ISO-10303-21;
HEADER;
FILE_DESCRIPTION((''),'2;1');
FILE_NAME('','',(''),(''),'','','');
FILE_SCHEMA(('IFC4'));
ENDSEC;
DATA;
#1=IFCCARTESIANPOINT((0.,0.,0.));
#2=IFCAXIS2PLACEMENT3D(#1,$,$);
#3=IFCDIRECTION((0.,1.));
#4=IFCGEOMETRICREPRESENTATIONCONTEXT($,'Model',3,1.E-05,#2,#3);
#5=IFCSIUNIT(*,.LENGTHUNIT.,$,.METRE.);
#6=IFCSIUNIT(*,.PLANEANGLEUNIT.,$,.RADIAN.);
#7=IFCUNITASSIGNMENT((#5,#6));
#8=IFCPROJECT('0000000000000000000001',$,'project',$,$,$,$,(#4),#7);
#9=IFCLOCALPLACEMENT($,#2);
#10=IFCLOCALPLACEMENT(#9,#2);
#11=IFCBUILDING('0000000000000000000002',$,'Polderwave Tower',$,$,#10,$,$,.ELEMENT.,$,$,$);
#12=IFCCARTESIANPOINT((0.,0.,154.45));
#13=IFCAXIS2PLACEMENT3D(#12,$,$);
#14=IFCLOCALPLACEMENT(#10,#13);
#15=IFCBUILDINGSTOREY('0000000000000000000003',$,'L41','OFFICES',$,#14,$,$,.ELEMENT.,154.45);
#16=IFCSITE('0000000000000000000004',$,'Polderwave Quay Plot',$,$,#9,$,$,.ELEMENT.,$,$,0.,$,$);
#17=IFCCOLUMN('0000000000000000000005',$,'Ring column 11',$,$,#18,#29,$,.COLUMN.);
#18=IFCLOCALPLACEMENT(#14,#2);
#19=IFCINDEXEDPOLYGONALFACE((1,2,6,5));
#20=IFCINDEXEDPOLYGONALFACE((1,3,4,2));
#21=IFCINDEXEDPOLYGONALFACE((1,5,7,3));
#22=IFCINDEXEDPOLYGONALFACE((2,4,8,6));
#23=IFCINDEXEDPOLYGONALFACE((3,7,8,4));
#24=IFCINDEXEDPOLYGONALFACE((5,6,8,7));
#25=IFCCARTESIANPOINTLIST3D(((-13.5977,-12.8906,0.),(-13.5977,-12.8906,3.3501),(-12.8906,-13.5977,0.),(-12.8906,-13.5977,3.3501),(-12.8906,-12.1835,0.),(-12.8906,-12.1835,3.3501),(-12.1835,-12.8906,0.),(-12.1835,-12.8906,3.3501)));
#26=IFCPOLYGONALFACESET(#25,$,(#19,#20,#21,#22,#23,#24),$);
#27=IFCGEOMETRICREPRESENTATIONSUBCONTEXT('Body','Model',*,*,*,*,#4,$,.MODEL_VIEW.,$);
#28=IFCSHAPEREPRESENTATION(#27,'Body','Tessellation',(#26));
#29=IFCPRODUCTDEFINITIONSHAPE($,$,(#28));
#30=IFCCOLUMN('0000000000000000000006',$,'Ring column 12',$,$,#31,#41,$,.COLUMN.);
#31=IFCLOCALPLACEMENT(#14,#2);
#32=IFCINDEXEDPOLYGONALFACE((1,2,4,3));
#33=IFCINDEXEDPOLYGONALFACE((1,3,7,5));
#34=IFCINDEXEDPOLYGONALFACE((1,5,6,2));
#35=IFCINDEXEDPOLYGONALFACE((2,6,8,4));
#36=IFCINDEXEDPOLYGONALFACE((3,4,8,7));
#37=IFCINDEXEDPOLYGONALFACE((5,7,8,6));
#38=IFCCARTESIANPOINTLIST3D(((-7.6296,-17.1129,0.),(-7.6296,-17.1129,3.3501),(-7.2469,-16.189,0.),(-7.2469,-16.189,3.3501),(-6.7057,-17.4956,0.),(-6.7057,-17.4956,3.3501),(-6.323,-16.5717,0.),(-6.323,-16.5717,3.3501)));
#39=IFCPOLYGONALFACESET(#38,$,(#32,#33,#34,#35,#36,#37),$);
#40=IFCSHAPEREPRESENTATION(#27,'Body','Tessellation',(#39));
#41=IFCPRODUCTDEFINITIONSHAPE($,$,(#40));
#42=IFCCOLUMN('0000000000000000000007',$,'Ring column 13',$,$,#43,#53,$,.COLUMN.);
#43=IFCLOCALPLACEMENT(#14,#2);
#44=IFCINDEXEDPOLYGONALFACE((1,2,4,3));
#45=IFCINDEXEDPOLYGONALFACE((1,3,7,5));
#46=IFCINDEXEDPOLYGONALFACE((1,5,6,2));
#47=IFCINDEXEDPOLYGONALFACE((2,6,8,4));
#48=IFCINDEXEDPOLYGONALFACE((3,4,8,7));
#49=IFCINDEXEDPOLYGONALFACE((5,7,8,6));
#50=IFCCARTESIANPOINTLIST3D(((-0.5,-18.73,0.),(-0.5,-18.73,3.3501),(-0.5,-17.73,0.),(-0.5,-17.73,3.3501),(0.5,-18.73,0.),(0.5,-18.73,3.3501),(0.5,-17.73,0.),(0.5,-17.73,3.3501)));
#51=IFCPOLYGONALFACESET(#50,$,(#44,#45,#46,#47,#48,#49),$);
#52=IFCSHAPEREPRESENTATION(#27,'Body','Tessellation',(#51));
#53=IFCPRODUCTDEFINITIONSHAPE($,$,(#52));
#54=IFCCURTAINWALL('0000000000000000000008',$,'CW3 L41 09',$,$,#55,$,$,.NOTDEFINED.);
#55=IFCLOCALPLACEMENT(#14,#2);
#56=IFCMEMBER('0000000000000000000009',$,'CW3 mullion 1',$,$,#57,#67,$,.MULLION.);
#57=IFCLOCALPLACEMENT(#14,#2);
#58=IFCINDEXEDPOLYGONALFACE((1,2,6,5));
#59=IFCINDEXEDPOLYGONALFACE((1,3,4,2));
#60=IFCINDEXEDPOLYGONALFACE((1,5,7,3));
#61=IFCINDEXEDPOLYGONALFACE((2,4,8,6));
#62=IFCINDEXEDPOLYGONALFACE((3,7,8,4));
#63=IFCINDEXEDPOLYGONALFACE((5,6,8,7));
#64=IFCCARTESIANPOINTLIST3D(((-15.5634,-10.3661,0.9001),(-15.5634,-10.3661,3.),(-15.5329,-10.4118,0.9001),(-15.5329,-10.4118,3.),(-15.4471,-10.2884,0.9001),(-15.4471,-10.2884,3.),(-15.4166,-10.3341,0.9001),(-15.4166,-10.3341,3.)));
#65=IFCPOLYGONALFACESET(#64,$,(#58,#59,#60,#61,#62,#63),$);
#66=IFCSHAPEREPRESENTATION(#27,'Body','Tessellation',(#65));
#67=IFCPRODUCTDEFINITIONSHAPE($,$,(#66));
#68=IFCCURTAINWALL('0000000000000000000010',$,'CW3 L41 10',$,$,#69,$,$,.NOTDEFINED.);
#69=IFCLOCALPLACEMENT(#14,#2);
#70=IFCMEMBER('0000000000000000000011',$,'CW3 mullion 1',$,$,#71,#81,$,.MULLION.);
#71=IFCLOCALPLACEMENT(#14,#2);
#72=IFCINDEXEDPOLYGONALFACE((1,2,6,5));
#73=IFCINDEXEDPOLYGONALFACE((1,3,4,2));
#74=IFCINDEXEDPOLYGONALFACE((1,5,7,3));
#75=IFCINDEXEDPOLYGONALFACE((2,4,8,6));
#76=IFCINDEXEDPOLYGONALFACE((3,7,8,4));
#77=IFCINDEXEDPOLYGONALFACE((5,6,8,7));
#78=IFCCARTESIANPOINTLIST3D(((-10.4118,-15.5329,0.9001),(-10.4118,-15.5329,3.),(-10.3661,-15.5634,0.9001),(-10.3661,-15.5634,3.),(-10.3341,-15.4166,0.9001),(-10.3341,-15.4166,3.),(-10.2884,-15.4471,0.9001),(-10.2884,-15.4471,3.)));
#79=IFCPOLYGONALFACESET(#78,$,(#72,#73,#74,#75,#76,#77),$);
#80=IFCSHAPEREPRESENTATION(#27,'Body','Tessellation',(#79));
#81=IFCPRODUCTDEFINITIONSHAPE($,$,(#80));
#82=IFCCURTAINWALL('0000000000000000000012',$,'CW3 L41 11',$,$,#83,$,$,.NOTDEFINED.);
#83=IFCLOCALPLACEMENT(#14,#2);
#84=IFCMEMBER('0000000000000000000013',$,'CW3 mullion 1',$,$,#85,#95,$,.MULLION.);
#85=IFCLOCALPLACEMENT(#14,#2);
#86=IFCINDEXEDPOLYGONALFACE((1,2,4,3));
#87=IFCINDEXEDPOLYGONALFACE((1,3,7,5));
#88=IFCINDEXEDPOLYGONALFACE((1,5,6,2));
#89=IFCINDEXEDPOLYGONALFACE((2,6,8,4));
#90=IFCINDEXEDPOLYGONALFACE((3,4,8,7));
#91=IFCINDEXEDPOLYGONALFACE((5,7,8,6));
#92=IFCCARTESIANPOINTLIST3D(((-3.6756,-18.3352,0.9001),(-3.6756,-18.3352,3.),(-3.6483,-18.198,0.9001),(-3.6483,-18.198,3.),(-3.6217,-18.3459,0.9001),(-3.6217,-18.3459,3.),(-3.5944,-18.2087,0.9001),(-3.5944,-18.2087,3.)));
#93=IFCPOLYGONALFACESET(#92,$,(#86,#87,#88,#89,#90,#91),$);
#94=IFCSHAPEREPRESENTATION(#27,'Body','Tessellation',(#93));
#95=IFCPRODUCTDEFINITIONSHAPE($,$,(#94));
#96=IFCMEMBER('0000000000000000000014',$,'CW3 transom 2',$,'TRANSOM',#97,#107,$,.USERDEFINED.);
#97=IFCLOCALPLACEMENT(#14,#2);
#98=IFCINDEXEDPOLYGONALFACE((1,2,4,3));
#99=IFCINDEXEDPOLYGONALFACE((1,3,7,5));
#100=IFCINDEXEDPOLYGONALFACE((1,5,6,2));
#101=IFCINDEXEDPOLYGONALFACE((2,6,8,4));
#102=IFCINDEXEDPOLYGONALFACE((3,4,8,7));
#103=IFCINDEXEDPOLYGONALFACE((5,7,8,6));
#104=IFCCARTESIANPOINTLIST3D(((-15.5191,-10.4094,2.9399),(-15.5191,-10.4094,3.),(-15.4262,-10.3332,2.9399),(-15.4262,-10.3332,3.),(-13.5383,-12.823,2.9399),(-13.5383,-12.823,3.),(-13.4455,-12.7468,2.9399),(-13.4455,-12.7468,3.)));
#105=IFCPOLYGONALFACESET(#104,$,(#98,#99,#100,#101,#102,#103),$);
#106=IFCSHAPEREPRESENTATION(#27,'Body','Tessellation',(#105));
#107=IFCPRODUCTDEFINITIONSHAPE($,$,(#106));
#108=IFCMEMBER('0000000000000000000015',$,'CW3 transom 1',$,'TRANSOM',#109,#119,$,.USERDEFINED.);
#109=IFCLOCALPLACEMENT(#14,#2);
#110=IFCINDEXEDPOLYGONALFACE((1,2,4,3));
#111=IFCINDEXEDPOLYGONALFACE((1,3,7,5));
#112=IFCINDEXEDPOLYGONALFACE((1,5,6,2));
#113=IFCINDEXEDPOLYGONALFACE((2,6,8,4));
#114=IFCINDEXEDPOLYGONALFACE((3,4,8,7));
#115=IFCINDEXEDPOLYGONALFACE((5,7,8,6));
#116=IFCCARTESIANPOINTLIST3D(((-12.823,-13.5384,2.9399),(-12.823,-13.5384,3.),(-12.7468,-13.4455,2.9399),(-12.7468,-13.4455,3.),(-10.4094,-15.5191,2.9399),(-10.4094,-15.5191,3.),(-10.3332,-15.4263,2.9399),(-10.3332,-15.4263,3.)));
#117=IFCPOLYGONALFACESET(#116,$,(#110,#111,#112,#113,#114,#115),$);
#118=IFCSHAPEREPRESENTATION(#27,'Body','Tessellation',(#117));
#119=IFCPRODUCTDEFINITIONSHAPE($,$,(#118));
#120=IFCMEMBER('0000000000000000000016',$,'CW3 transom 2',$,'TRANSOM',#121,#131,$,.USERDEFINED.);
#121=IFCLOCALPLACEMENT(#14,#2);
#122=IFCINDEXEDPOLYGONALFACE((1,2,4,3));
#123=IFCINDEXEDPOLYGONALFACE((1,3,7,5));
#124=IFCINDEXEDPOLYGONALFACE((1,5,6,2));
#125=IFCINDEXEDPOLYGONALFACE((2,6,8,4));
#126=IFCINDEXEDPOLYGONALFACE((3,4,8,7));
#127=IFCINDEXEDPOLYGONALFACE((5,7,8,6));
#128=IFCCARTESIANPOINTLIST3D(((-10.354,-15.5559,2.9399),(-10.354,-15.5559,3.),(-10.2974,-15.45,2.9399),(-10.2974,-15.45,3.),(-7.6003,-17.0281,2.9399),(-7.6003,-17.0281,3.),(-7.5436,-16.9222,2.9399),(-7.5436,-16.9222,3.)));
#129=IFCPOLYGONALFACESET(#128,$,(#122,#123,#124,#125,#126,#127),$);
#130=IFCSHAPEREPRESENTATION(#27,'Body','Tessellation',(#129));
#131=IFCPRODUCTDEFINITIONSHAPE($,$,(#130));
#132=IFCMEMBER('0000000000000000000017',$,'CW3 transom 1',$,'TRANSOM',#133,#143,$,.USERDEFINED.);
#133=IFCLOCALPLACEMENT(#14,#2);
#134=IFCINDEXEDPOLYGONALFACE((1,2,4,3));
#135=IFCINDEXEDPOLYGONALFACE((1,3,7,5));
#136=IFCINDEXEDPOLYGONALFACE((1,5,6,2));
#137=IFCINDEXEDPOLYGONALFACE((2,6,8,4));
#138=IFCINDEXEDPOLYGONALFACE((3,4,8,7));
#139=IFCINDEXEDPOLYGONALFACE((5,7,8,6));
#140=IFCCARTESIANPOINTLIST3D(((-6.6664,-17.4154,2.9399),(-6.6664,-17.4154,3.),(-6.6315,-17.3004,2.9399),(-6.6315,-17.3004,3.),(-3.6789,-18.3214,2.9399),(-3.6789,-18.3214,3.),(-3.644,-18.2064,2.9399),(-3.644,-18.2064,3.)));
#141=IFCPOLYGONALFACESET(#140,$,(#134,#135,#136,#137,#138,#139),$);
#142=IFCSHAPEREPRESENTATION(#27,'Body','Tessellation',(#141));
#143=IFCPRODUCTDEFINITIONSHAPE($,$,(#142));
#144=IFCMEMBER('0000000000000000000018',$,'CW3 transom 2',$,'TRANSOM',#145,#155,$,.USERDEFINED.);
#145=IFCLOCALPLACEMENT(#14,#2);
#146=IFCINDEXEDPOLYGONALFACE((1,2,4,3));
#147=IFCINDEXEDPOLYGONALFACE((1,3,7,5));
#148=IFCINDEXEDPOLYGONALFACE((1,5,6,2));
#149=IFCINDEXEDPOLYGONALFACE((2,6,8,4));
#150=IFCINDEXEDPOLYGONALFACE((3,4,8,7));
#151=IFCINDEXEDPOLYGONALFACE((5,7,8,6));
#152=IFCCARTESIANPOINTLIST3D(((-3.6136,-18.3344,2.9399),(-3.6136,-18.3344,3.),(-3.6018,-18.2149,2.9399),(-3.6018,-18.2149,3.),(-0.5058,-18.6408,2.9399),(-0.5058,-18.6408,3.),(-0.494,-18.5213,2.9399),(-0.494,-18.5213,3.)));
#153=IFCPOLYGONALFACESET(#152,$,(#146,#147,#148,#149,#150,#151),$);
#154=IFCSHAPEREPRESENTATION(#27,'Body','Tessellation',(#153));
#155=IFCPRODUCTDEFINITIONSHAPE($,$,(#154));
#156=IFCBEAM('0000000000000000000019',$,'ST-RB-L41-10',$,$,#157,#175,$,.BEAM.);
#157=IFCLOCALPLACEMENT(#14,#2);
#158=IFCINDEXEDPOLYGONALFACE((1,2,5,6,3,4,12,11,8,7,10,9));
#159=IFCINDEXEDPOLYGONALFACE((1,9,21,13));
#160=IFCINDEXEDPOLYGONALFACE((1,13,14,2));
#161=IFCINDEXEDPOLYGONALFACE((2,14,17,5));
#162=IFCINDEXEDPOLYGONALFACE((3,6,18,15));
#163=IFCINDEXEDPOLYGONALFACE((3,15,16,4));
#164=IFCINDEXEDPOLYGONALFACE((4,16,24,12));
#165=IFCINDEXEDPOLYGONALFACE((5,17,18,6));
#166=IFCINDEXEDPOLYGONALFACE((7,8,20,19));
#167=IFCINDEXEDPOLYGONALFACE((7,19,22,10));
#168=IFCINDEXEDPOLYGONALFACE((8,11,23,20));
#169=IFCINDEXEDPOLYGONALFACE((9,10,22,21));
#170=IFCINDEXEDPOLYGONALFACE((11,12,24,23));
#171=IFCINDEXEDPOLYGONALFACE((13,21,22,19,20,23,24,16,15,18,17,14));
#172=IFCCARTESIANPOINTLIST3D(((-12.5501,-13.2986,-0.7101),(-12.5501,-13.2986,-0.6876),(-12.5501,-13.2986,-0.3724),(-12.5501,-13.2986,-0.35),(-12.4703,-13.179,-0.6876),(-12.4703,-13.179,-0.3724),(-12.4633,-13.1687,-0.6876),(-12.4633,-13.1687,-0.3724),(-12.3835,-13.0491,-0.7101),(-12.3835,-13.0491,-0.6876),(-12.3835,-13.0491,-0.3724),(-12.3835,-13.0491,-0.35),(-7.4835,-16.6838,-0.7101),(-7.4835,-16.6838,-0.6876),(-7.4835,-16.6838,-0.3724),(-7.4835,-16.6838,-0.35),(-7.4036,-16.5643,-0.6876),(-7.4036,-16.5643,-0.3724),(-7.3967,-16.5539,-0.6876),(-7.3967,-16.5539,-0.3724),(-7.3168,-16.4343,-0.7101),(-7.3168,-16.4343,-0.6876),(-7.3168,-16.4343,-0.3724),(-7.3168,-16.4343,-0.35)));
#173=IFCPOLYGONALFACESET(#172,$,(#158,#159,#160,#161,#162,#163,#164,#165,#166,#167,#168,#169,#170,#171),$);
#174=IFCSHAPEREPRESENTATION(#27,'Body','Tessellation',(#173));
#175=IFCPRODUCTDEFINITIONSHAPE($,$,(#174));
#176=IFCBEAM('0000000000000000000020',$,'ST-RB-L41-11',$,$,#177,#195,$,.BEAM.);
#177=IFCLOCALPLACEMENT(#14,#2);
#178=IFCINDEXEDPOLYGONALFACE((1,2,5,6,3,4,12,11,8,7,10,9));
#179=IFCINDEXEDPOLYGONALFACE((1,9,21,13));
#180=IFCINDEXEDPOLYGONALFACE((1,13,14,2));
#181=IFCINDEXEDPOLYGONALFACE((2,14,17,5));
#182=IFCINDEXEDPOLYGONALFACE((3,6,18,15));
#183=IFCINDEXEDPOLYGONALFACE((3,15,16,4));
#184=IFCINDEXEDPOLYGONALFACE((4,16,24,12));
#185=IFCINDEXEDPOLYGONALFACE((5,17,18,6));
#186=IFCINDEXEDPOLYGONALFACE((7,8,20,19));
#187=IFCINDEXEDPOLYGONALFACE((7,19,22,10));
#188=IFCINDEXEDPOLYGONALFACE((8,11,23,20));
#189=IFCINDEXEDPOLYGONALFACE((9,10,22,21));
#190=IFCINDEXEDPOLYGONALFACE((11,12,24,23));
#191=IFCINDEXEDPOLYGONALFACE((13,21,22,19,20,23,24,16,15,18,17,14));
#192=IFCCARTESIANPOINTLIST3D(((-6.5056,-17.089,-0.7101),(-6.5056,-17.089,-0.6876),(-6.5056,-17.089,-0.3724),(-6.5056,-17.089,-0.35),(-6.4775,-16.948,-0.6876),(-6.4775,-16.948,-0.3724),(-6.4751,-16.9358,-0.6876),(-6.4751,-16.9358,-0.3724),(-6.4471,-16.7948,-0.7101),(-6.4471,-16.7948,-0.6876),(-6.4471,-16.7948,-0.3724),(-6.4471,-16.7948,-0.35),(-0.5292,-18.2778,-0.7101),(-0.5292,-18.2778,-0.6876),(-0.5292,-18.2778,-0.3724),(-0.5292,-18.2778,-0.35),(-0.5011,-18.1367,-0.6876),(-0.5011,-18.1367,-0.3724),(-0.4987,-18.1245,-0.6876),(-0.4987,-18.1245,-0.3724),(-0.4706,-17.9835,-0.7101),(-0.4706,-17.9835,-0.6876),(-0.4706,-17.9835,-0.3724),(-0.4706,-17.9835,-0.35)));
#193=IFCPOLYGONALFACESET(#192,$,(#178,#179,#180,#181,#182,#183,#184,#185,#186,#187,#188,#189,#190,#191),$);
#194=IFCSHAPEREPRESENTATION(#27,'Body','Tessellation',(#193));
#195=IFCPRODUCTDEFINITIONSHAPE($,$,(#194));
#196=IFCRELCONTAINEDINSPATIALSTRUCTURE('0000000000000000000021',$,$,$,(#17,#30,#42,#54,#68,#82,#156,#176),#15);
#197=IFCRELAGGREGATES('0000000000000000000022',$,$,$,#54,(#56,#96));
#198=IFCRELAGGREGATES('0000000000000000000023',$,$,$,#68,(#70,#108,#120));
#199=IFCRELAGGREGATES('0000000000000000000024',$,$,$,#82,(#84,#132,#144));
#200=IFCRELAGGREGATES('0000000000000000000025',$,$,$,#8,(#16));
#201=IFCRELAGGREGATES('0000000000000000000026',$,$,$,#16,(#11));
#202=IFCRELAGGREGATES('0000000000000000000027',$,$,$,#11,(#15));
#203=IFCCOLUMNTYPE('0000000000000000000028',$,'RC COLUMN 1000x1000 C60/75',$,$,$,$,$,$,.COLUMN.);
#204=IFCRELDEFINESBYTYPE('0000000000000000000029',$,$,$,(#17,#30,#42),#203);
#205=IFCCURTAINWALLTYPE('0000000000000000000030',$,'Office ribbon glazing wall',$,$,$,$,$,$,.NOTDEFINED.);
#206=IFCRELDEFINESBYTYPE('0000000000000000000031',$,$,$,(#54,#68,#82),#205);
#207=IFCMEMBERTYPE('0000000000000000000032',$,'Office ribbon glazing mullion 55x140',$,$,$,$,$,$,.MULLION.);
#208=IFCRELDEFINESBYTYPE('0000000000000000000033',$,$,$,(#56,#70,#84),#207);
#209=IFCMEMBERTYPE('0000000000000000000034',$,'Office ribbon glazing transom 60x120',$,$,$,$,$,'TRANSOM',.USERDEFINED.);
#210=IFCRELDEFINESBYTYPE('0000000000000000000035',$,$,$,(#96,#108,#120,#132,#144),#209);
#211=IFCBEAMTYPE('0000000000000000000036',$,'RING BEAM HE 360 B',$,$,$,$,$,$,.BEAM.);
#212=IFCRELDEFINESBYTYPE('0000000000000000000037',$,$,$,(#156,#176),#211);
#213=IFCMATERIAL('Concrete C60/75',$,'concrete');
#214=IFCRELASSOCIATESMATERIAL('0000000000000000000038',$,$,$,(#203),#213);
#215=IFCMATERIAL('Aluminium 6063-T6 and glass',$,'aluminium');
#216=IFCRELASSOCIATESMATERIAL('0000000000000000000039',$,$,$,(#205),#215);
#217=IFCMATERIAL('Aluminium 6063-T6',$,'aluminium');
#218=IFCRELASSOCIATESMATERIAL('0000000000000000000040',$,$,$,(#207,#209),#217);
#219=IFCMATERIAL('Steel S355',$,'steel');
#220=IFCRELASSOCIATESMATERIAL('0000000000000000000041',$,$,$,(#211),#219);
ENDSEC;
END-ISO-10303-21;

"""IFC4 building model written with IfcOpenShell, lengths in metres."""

from ifc_helpers import new_model, si_unit, direction, frame, origin, origin_2d, place, context, subcontext, project, spatial, rectangle, i_section, extrude, material, material_profile, profile_set, type_object, element, aggregate, save


model = new_model("IFC4")

# Units and contexts
model_context = context("Model", 3, precision=1e-05, world=origin(), true_north=direction((0.0, 1.0)))
body_context = subcontext(model_context, "Body", "Model", "MODEL_VIEW")
ifc_project = project(units=[si_unit("LENGTHUNIT", "METRE"), si_unit("PLANEANGLEUNIT", "RADIAN")], contexts=[model_context])

# Site, building, storey
site_placement = place(None, origin())
site = spatial("IfcSite", under=ifc_project, at=site_placement, Name="Polderwave Quay Plot", CompositionType="ELEMENT", RefElevation=0.0)
building_placement = place(site_placement, origin())
building = spatial("IfcBuilding", under=site, at=building_placement, Name="Polderwave Tower", CompositionType="ELEMENT")
storey_placement = place(building_placement, frame((0.0, 0.0, 154.45)))
storey = spatial("IfcBuildingStorey", under=building, at=storey_placement, Name="L41", Description="OFFICES", CompositionType="ELEMENT", Elevation=154.45)

# Columns
ifc_material_1 = material(Name="Concrete C60/75", Category="concrete")
ifc_material_profile_1 = material_profile(ifc_material_1, rectangle(XDim=1.0, YDim=1.0, at=origin_2d()), Name="RC 1000x1000")
ifc_profile_set_1 = profile_set([ifc_material_profile_1], Name="Concrete C60/75")
column_type = type_object("IfcColumnType", Name="RC COLUMN 1000x1000 C60/75", PredefinedType="COLUMN", material=ifc_profile_set_1)
for number, where, z_axis, x_axis, name in (
    (1, (-12.8906, -12.8906, 0.0), (0.0, 0.0, 1.0), (-0.707107, -0.707107, 0.0), "Ring column 11"),
    (2, (-6.9763, -16.8423, 0.0), (0.0, 0.0, 1.0), (-0.382683, -0.92388, 0.0), "Ring column 12"),
    (3, (0.0, -18.23, 0.0), (0.0, 0.0, 1.0), (0.0, -1.0, 0.0), "Ring column 13"),
):
    element("IfcColumn", number, at=place(storey_placement, frame(where, z_axis=z_axis, x_axis=x_axis)), inside=storey, type_object=column_type, Name=name, PredefinedType="COLUMN", context=body_context, shape_type="SweptSolid", body=[
        extrude(rectangle(XDim=1.0, YDim=1.0, at=origin_2d()), origin(), (0.0, 0.0, 1.0), 3.3501),
    ])

# Curtain walls, members
ifc_material_2 = material(Name="Aluminium 6063-T6 and glass", Category="aluminium")
curtain_wall_type = type_object("IfcCurtainWallType", Name="Office ribbon glazing wall", PredefinedType="NOTDEFINED", material=ifc_material_2)
curtain_wall_1_placement = place(storey_placement, origin())
curtain_wall_1 = element("IfcCurtainWall", 4, at=curtain_wall_1_placement, inside=storey, type_object=curtain_wall_type, Name="CW3 L41 09", PredefinedType="NOTDEFINED")
ifc_material_3 = material(Name="Aluminium 6063-T6", Category="aluminium")
ifc_material_profile_2 = material_profile(ifc_material_3, rectangle(XDim=0.1399, YDim=0.0549, at=origin_2d()), Name="AL 55x140")
ifc_profile_set_2 = profile_set([ifc_material_profile_2], Name="Aluminium 6063-T6")
member_type_1 = type_object("IfcMemberType", Name="Office ribbon glazing mullion 55x140", PredefinedType="MULLION", material=ifc_profile_set_2)
member_1_placement = place(storey_placement, frame((-15.49, -10.3501, 0.9001), z_axis=(0.0, 0.0, 1.0), x_axis=(0.831484, 0.555548, 0.0)))
member_1 = element("IfcMember", 5, at=member_1_placement, type_object=member_type_1, Name="CW3 mullion 1", PredefinedType="MULLION", context=body_context, shape_type="SweptSolid", body=[
    extrude(rectangle(XDim=0.1399, YDim=0.0549, at=origin_2d()), origin(), (0.0, 0.0, 1.0), 2.0999),
])
curtain_wall_2_placement = place(storey_placement, origin())
curtain_wall_2 = element("IfcCurtainWall", 6, at=curtain_wall_2_placement, inside=storey, type_object=curtain_wall_type, Name="CW3 L41 10", PredefinedType="NOTDEFINED")
member_2_placement = place(storey_placement, frame((-10.3501, -15.49, 0.9001), z_axis=(0.0, 0.0, 1.0), x_axis=(0.555548, 0.831484, 0.0)))
member_2 = element("IfcMember", 7, at=member_2_placement, type_object=member_type_1, Name="CW3 mullion 1", PredefinedType="MULLION", context=body_context, shape_type="SweptSolid", body=[
    extrude(rectangle(XDim=0.1399, YDim=0.0549, at=origin_2d()), origin(), (0.0, 0.0, 1.0), 2.0999),
])
curtain_wall_3_placement = place(storey_placement, origin())
curtain_wall_3 = element("IfcCurtainWall", 8, at=curtain_wall_3_placement, inside=storey, type_object=curtain_wall_type, Name="CW3 L41 11", PredefinedType="NOTDEFINED")
member_3_placement = place(storey_placement, frame((-3.635, -18.272, 0.9001), z_axis=(0.0, 0.0, 1.0), x_axis=(0.195083, 0.980787, 0.0)))
member_3 = element("IfcMember", 9, at=member_3_placement, type_object=member_type_1, Name="CW3 mullion 1", PredefinedType="MULLION", context=body_context, shape_type="SweptSolid", body=[
    extrude(rectangle(XDim=0.1399, YDim=0.0549, at=origin_2d()), origin(), (0.0, 0.0, 1.0), 2.0999),
])

# Members
ifc_material_profile_3 = material_profile(ifc_material_3, rectangle(XDim=0.1201, YDim=0.0601, at=origin_2d()), Name="AL 60x120")
ifc_profile_set_3 = profile_set([ifc_material_profile_3], Name="Aluminium 6063-T6")
member_type_2 = type_object("IfcMemberType", Name="Office ribbon glazing transom 60x120", ElementType="TRANSOM", PredefinedType="USERDEFINED", material=ifc_profile_set_3)
member_4_placement = place(storey_placement, frame((-15.4727, -10.3713, 2.97), z_axis=(0.634383, -0.773019, 0.0), x_axis=(0.773019, 0.634383, 0.0)))
member_4 = element("IfcMember", 10, at=member_4_placement, type_object=member_type_2, Name="CW3 transom 2", ObjectType="TRANSOM", PredefinedType="USERDEFINED", context=body_context, shape_type="SweptSolid", body=[
    extrude(rectangle(XDim=0.1201, YDim=0.0601, at=origin_2d()), origin(), (0.0, 0.0, 1.0), 3.1223),
])
member_5_placement = place(storey_placement, frame((-12.7849, -13.4919, 2.97), z_axis=(0.773019, -0.634383, 0.0), x_axis=(0.634383, 0.773019, 0.0)))
member_5 = element("IfcMember", 11, at=member_5_placement, type_object=member_type_2, Name="CW3 transom 1", ObjectType="TRANSOM", PredefinedType="USERDEFINED", context=body_context, shape_type="SweptSolid", body=[
    extrude(rectangle(XDim=0.1201, YDim=0.0601, at=origin_2d()), origin(), (0.0, 0.0, 1.0), 3.1223),
])
member_6_placement = place(storey_placement, frame((-10.3257, -15.5029, 2.97), z_axis=(0.881881, -0.471473, 0.0), x_axis=(0.471473, 0.881881, 0.0)))
member_6 = element("IfcMember", 12, at=member_6_placement, type_object=member_type_2, Name="CW3 transom 2", ObjectType="TRANSOM", PredefinedType="USERDEFINED", context=body_context, shape_type="SweptSolid", body=[
    extrude(rectangle(XDim=0.1201, YDim=0.0601, at=origin_2d()), origin(), (0.0, 0.0, 1.0), 3.1226),
])
member_7_placement = place(storey_placement, frame((-6.6489, -17.3579, 2.97), z_axis=(0.956963, -0.290209, 0.0), x_axis=(0.290209, 0.956963, 0.0)))
member_7 = element("IfcMember", 13, at=member_7_placement, type_object=member_type_2, Name="CW3 transom 1", ObjectType="TRANSOM", PredefinedType="USERDEFINED", context=body_context, shape_type="SweptSolid", body=[
    extrude(rectangle(XDim=0.1201, YDim=0.0601, at=origin_2d()), origin(), (0.0, 0.0, 1.0), 3.1218),
])
member_8_placement = place(storey_placement, frame((-3.6077, -18.2747, 2.97), z_axis=(0.995175, -0.098118, 0.0), x_axis=(0.098118, 0.995175, 0.0)))
member_8 = element("IfcMember", 14, at=member_8_placement, type_object=member_type_2, Name="CW3 transom 2", ObjectType="TRANSOM", PredefinedType="USERDEFINED", context=body_context, shape_type="SweptSolid", body=[
    extrude(rectangle(XDim=0.1201, YDim=0.0601, at=origin_2d()), origin(), (0.0, 0.0, 1.0), 3.1228),
])

# Beams
ifc_material_4 = material(Name="Steel S355", Category="steel")
ifc_material_profile_4 = material_profile(ifc_material_4, i_section(OverallWidth=0.3, OverallDepth=0.3601, WebThickness=0.0125, FlangeThickness=0.0225, at=origin_2d()), Name="HE 360 B")
ifc_profile_set_4 = profile_set([ifc_material_profile_4], Name="Steel S355")
beam_type = type_object("IfcBeamType", Name="RING BEAM HE 360 B", PredefinedType="BEAM", material=ifc_profile_set_4)
for number, where, z_axis, x_axis, name in (
    (15, (-12.4668, -13.1738, -0.53), (0.831483, -0.555551, 0.0), (0.555551, 0.831483, 0.0), "ST-RB-L41-10"),
    (16, (-6.4763, -16.9419, -0.53), (0.980787, -0.195084, 0.0), (0.195084, 0.980787, 0.0), "ST-RB-L41-11"),
):
    element("IfcBeam", number, at=place(storey_placement, frame(where, z_axis=z_axis, x_axis=x_axis)), inside=storey, type_object=beam_type, Name=name, PredefinedType="BEAM", context=body_context, shape_type="SweptSolid", body=[
        extrude(i_section(OverallWidth=0.3, OverallDepth=0.3601, WebThickness=0.0125, FlangeThickness=0.0225, at=origin_2d()), origin(), (0.0, 0.0, 1.0), 6.0935),
    ])

aggregate(curtain_wall_1, [member_1, member_4])
aggregate(curtain_wall_2, [member_2, member_5, member_6])
aggregate(curtain_wall_3, [member_3, member_7, member_8])

save(model, "model.ifc")
